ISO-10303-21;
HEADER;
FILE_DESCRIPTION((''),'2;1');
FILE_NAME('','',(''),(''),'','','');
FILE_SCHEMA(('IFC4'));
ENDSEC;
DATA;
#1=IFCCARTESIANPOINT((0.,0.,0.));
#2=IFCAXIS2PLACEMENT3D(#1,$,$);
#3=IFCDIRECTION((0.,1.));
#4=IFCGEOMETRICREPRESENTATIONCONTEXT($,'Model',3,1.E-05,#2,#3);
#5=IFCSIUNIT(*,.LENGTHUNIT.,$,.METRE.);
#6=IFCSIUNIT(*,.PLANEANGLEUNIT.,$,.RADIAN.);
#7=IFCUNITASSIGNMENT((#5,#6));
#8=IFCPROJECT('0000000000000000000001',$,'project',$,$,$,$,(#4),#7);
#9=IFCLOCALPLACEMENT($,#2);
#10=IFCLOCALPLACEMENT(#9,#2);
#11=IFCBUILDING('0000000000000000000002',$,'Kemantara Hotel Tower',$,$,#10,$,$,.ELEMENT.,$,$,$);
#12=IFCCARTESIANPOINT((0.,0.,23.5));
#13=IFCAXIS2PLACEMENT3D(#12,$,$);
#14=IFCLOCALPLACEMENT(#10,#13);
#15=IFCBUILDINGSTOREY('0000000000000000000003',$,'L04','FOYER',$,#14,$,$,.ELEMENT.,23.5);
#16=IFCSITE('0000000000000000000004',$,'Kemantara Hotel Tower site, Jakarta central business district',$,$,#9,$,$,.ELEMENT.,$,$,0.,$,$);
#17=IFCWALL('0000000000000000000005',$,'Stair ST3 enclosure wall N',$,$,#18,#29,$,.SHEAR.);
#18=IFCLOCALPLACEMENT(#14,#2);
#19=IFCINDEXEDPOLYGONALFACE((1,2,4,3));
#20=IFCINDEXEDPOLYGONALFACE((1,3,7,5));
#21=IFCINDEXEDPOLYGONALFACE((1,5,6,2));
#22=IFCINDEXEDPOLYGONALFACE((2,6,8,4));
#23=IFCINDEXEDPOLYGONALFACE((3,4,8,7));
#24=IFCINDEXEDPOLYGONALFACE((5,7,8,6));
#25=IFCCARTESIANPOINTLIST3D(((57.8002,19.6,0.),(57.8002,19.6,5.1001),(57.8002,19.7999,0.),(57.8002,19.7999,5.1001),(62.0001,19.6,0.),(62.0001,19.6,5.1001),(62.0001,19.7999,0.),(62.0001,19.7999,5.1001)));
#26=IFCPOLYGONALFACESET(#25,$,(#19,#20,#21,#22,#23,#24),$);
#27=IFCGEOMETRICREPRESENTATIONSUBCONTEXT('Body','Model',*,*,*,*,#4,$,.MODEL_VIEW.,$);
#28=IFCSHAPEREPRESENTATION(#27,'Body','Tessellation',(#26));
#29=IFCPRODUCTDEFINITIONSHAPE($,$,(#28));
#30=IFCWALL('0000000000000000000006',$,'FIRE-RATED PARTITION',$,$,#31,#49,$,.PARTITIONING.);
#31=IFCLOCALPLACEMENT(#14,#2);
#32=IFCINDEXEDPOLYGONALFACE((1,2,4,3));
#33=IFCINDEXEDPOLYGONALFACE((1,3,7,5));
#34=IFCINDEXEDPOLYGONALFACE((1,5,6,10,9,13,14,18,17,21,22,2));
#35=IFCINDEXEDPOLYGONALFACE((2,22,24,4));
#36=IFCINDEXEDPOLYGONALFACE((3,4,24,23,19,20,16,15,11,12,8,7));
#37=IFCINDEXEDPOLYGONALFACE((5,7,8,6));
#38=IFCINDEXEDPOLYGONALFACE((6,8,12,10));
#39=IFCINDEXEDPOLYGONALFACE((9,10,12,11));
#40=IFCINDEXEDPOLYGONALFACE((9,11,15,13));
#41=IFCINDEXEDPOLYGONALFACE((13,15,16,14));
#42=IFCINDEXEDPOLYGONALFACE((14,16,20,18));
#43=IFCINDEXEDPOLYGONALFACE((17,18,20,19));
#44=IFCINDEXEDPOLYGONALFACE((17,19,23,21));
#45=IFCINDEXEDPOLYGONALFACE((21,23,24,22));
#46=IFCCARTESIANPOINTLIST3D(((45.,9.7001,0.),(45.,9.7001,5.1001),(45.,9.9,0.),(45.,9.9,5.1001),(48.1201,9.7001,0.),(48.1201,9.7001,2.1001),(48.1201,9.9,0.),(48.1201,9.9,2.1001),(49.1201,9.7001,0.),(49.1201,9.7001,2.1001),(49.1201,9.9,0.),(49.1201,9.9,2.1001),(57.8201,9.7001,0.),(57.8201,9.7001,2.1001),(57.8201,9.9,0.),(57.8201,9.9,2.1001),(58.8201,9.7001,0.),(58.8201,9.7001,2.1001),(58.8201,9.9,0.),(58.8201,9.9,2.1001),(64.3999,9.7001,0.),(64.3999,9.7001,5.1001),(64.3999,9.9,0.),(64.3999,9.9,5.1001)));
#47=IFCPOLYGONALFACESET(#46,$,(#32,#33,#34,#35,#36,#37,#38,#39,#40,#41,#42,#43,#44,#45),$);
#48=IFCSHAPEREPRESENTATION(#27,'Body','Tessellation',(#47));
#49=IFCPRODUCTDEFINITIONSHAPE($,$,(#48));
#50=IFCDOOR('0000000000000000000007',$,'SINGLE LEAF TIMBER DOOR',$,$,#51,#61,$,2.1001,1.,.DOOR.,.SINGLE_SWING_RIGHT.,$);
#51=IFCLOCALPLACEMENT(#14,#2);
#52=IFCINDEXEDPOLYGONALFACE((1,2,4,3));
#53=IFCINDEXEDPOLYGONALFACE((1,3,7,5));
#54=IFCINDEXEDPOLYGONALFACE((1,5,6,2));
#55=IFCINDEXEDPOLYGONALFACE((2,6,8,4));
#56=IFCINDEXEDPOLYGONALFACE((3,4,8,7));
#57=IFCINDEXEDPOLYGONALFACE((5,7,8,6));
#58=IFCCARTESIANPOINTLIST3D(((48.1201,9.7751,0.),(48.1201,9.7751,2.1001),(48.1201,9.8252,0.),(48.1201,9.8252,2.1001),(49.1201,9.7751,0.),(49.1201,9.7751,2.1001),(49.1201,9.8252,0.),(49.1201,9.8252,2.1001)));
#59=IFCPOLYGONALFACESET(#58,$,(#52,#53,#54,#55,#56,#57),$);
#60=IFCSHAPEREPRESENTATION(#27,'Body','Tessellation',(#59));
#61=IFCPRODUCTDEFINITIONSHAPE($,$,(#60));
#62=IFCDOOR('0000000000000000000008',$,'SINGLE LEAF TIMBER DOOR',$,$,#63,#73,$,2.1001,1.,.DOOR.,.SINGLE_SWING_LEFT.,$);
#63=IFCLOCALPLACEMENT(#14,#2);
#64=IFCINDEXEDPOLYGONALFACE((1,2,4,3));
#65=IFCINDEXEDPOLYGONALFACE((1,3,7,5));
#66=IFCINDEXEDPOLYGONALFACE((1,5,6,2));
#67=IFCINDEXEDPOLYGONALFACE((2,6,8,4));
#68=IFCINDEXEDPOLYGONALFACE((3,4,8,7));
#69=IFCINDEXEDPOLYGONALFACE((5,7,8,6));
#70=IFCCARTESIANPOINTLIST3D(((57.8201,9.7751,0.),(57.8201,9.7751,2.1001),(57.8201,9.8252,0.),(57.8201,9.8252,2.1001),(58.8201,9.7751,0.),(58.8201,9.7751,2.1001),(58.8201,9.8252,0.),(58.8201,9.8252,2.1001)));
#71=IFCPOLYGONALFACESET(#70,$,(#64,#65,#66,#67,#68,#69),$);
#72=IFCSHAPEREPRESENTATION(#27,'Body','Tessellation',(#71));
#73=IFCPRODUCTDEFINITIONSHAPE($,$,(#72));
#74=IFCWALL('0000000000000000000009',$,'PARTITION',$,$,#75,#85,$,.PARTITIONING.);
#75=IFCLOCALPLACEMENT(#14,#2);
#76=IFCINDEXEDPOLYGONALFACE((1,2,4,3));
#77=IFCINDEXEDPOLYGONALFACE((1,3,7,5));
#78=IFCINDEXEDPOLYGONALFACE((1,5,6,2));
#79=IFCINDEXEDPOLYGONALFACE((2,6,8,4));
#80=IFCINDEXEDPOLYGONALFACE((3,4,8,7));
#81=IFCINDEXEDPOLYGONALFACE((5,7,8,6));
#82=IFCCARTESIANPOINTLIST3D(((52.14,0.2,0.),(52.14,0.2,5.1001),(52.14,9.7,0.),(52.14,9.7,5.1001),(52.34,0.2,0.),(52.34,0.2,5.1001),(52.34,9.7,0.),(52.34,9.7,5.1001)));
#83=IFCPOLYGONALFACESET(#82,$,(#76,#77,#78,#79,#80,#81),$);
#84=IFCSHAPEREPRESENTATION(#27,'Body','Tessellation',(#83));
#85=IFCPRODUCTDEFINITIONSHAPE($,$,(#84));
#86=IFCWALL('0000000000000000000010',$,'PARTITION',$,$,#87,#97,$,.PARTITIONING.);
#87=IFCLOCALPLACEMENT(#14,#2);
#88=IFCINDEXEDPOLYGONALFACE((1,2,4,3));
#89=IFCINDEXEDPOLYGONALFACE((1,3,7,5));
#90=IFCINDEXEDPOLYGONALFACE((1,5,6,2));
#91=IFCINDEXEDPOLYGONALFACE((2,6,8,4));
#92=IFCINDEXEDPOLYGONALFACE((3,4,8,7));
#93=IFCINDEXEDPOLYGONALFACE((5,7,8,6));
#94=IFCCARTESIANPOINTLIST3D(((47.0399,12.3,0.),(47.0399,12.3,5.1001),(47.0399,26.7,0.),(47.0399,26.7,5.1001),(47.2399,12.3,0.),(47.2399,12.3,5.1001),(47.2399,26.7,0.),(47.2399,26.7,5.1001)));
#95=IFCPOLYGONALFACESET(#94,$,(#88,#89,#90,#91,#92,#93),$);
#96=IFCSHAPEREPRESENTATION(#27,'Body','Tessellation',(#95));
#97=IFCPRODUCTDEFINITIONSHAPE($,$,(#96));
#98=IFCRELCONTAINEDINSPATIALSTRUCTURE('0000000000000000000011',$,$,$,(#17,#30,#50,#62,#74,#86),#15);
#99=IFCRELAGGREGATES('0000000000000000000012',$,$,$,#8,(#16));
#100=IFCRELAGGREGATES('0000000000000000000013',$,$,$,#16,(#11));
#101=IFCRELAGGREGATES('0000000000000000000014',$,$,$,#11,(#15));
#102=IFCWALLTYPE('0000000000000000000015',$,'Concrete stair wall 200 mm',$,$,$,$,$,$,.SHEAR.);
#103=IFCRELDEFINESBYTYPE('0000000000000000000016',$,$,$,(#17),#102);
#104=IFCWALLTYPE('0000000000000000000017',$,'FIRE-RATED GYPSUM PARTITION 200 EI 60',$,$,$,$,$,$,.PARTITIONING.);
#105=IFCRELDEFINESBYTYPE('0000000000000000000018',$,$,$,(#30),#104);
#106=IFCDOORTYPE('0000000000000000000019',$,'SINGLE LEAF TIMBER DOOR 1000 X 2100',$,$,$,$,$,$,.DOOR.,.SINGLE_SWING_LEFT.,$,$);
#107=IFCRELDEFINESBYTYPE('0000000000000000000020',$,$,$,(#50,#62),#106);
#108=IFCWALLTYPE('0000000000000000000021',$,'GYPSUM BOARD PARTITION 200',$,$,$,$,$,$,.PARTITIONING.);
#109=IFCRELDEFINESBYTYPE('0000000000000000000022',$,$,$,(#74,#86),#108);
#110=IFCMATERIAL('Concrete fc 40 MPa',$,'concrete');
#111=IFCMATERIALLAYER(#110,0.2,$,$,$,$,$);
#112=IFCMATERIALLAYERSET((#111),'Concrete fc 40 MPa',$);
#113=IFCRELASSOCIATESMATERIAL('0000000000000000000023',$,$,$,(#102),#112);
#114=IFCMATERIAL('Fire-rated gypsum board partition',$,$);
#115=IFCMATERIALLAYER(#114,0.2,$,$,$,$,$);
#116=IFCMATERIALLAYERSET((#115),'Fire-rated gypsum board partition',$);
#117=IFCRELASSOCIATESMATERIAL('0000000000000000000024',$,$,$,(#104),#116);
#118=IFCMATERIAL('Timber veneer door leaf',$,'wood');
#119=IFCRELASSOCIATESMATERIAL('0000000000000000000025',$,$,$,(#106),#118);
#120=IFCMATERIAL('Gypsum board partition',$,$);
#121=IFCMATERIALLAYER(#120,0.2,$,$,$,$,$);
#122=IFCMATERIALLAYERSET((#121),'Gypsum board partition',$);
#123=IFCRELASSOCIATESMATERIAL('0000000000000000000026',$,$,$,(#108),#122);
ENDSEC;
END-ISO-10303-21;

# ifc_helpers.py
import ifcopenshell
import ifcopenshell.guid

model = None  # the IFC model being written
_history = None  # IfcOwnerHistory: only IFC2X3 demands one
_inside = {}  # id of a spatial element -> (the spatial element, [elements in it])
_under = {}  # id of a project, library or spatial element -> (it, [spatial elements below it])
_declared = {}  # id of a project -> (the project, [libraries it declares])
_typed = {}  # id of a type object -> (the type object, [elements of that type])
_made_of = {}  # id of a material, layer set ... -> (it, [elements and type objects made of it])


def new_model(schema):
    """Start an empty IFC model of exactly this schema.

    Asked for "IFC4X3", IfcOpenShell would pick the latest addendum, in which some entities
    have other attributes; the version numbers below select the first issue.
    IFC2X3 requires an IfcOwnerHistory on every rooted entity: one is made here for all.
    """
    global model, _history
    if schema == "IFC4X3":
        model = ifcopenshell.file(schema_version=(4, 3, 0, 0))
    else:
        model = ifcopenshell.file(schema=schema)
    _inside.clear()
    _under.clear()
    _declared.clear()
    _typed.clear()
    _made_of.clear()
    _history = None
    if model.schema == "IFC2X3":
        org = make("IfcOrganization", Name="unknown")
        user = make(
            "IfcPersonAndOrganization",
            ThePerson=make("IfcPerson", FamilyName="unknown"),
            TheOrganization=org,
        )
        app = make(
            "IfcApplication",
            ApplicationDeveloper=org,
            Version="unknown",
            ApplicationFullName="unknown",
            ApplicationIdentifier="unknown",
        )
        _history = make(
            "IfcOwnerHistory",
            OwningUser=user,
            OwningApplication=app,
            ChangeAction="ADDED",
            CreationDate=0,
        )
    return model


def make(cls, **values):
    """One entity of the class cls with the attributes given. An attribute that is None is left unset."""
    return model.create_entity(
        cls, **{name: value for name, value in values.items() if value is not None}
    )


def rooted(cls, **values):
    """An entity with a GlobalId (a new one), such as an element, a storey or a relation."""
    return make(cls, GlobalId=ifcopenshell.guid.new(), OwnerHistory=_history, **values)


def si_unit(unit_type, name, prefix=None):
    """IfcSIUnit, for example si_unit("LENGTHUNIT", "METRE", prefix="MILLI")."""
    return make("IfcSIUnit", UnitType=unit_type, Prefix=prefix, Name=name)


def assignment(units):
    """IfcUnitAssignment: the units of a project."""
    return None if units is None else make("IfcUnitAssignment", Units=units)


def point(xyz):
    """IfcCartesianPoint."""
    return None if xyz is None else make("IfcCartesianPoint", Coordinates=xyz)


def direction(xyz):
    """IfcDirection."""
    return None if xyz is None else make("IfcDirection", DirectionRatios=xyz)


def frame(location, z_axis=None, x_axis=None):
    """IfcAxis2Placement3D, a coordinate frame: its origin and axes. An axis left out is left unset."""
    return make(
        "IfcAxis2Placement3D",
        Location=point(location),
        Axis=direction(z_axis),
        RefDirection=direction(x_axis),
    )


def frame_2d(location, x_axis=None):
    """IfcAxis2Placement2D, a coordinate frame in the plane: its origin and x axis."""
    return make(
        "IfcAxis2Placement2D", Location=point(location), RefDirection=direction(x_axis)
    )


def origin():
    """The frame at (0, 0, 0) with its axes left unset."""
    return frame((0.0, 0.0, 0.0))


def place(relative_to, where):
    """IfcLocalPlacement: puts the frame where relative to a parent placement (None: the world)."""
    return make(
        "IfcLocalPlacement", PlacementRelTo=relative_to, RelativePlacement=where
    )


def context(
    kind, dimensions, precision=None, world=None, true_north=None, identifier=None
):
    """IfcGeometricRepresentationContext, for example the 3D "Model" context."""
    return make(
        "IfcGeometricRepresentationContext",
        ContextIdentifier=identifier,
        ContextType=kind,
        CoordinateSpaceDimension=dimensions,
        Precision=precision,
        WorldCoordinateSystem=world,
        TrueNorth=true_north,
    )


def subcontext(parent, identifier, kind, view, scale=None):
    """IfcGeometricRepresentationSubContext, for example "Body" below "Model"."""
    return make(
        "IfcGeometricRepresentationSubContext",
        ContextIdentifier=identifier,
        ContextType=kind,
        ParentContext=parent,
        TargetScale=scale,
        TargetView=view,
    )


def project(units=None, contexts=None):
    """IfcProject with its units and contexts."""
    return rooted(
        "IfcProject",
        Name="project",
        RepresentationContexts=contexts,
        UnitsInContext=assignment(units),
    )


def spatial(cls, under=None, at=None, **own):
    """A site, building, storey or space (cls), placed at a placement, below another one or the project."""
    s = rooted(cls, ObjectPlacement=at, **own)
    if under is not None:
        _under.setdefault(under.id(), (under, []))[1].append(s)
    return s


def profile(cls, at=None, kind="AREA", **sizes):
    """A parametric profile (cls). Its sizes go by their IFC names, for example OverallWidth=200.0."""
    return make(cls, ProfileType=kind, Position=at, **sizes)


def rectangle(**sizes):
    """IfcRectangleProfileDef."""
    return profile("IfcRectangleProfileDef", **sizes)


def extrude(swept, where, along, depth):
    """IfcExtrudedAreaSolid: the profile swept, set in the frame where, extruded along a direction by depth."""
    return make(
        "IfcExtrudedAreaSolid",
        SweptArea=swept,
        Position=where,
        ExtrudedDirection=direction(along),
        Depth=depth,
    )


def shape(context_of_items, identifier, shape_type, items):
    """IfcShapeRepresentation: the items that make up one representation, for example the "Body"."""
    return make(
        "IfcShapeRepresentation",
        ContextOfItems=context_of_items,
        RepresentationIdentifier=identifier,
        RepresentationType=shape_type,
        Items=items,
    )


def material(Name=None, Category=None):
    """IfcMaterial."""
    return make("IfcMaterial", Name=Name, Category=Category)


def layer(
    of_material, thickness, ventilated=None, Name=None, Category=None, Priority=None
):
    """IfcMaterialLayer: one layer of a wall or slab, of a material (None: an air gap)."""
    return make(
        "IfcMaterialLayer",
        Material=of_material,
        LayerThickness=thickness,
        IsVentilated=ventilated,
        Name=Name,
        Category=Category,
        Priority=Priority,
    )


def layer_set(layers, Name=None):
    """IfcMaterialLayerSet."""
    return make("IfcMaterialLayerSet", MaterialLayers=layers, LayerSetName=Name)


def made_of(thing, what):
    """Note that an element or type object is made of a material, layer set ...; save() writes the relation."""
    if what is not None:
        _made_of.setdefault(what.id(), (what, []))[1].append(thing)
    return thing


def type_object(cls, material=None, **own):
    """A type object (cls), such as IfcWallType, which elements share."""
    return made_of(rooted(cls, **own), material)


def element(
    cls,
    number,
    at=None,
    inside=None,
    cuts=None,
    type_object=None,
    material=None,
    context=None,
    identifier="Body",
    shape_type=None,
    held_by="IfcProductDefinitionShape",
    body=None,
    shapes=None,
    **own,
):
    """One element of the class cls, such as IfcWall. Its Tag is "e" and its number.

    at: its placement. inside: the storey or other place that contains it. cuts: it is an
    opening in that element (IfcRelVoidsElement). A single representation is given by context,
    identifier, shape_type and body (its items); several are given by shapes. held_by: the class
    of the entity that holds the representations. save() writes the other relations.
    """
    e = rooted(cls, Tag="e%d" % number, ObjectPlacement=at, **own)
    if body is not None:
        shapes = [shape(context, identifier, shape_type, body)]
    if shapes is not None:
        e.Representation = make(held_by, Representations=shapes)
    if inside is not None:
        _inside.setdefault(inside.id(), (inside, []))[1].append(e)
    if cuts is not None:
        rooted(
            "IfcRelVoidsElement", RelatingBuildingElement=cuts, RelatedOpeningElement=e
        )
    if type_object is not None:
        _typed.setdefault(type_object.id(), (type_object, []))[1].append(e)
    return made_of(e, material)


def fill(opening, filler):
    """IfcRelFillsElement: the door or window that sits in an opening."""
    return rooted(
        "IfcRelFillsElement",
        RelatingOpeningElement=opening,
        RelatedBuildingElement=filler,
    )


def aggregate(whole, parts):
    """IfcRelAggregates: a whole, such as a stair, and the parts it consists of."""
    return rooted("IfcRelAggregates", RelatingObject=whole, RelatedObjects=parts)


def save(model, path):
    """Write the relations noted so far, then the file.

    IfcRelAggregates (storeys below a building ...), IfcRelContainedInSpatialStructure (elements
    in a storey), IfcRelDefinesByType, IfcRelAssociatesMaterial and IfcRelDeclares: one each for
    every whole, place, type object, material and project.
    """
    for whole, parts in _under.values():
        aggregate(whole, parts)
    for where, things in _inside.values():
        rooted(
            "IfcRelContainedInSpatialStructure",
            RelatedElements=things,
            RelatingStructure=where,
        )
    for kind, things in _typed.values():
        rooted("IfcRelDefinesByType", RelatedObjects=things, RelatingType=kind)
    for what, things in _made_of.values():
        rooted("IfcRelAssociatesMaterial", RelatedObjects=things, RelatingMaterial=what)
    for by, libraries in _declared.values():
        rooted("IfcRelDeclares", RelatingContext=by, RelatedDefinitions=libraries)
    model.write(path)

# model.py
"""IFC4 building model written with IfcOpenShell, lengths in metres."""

from ifc_helpers import new_model, si_unit, direction, frame, frame_2d, origin, place, context, subcontext, project, spatial, rectangle, extrude, material, layer, layer_set, type_object, element, fill, save


model = new_model("IFC4")

# Units and contexts
model_context = context("Model", 3, precision=1e-05, world=origin(), true_north=direction((0.0, 1.0)))
body_context = subcontext(model_context, "Body", "Model", "MODEL_VIEW")
ifc_project = project(units=[si_unit("LENGTHUNIT", "METRE"), si_unit("PLANEANGLEUNIT", "RADIAN")], contexts=[model_context])

# Site, building, storey
site_placement = place(None, origin())
site = spatial("IfcSite", under=ifc_project, at=site_placement, Name="Kemantara Hotel Tower site, Jakarta central business district", CompositionType="ELEMENT", RefElevation=0.0)
building_placement = place(site_placement, origin())
building = spatial("IfcBuilding", under=site, at=building_placement, Name="Kemantara Hotel Tower", CompositionType="ELEMENT")
storey_placement = place(building_placement, frame((0.0, 0.0, 23.5)))
storey = spatial("IfcBuildingStorey", under=building, at=storey_placement, Name="L04", Description="FOYER", CompositionType="ELEMENT", Elevation=23.5)

# Shared definitions
ifc_material_1 = material(Name="Concrete fc 40 MPa", Category="concrete")
ifc_layer_1 = layer(ifc_material_1, 0.2)
ifc_layer_set_1 = layer_set([ifc_layer_1], Name="Concrete fc 40 MPa")
wall_type_1 = type_object("IfcWallType", Name="Concrete stair wall 200 mm", PredefinedType="SHEAR", material=ifc_layer_set_1)

# Wall
wall_1_placement = place(storey_placement, frame((57.8, 19.7, 0.0), z_axis=(0.0, 0.0, 1.0), x_axis=(1.0, 0.0, 0.0)))
element("IfcWall", 1, at=wall_1_placement, inside=storey, type_object=wall_type_1, Name="Stair ST3 enclosure wall N", PredefinedType="SHEAR", context=body_context, shape_type="SweptSolid", body=[
    extrude(rectangle(XDim=4.2, YDim=0.2, at=frame_2d((2.1001, 0.0))), origin(), (0.0, 0.0, 1.0), 5.1001),
])

# Wall, openings, doors
ifc_material_2 = material(Name="Fire-rated gypsum board partition")
ifc_layer_2 = layer(ifc_material_2, 0.2)
ifc_layer_set_2 = layer_set([ifc_layer_2], Name="Fire-rated gypsum board partition")
wall_type_2 = type_object("IfcWallType", Name="FIRE-RATED GYPSUM PARTITION 200 EI 60", PredefinedType="PARTITIONING", material=ifc_layer_set_2)
wall_2_placement = place(storey_placement, frame((45.0, 9.8, 0.0), z_axis=(0.0, 0.0, 1.0), x_axis=(1.0, 0.0, 0.0)))
wall_2 = element("IfcWall", 2, at=wall_2_placement, inside=storey, type_object=wall_type_2, Name="FIRE-RATED PARTITION", PredefinedType="PARTITIONING", context=body_context, shape_type="SweptSolid", body=[
    extrude(rectangle(XDim=19.3999, YDim=0.2, at=frame_2d((9.7, 0.0))), origin(), (0.0, 0.0, 1.0), 5.1001),
])
opening_1_placement = place(wall_2_placement, frame((3.1201, 0.0, 0.0)))
opening_1 = element("IfcOpeningElement", 3, at=opening_1_placement, cuts=wall_2, PredefinedType="OPENING", context=body_context, shape_type="SweptSolid", body=[
    extrude(rectangle(XDim=1.0, YDim=2.1001, at=frame_2d((0.5, 1.05))), frame((0.0, 0.1099, 0.0), z_axis=(0.0, -1.0, 0.0), x_axis=(1.0, 0.0, 0.0)), (0.0, 0.0, 1.0), 0.22),
])
opening_2_placement = place(wall_2_placement, frame((12.8201, 0.0, 0.0)))
opening_2 = element("IfcOpeningElement", 4, at=opening_2_placement, cuts=wall_2, PredefinedType="OPENING", context=body_context, shape_type="SweptSolid", body=[
    extrude(rectangle(XDim=1.0, YDim=2.1001, at=frame_2d((0.5, 1.05))), frame((0.0, 0.1099, 0.0), z_axis=(0.0, -1.0, 0.0), x_axis=(1.0, 0.0, 0.0)), (0.0, 0.0, 1.0), 0.22),
])
ifc_material_3 = material(Name="Timber veneer door leaf", Category="wood")
door_type_1 = type_object("IfcDoorType", Name="SINGLE LEAF TIMBER DOOR 1000 X 2100", OperationType="SINGLE_SWING_LEFT", PredefinedType="DOOR", material=ifc_material_3)
door_1_placement = place(opening_1_placement, frame((1.0, 0.0, 0.0), z_axis=(0.0, 0.0, 1.0), x_axis=(-1.0, 0.0, 0.0)))
door_1 = element("IfcDoor", 5, at=door_1_placement, inside=storey, type_object=door_type_1, Name="SINGLE LEAF TIMBER DOOR", OperationType="SINGLE_SWING_RIGHT", OverallHeight=2.1001, OverallWidth=1.0, PredefinedType="DOOR", context=body_context, shape_type="SweptSolid", body=[
    extrude(rectangle(XDim=1.0, YDim=2.1001, at=frame_2d((0.5, 1.05))), frame((0.0, 0.0249, 0.0), z_axis=(0.0, -1.0, 0.0), x_axis=(1.0, 0.0, 0.0)), (0.0, 0.0, 1.0), 0.05),
])
fill(opening_1, door_1)
door_2_placement = place(opening_2_placement, frame((1.0, 0.0, 0.0), z_axis=(0.0, 0.0, 1.0), x_axis=(-1.0, 0.0, 0.0)))
door_2 = element("IfcDoor", 6, at=door_2_placement, inside=storey, type_object=door_type_1, Name="SINGLE LEAF TIMBER DOOR", OperationType="SINGLE_SWING_LEFT", OverallHeight=2.1001, OverallWidth=1.0, PredefinedType="DOOR", context=body_context, shape_type="SweptSolid", body=[
    extrude(rectangle(XDim=1.0, YDim=2.1001, at=frame_2d((0.5, 1.05))), frame((0.0, 0.0249, 0.0), z_axis=(0.0, -1.0, 0.0), x_axis=(1.0, 0.0, 0.0)), (0.0, 0.0, 1.0), 0.05),
])
fill(opening_2, door_2)

# Walls
ifc_material_4 = material(Name="Gypsum board partition")
ifc_layer_3 = layer(ifc_material_4, 0.2)
ifc_layer_set_3 = layer_set([ifc_layer_3], Name="Gypsum board partition")
wall_type_3 = type_object("IfcWallType", Name="GYPSUM BOARD PARTITION 200", PredefinedType="PARTITIONING", material=ifc_layer_set_3)
wall_3_placement = place(storey_placement, frame((52.24, 0.2, 0.0), z_axis=(0.0, 0.0, 1.0), x_axis=(0.0, 1.0, 0.0)))
element("IfcWall", 7, at=wall_3_placement, inside=storey, type_object=wall_type_3, Name="PARTITION", PredefinedType="PARTITIONING", context=body_context, shape_type="SweptSolid", body=[
    extrude(rectangle(XDim=9.5, YDim=0.2, at=frame_2d((4.75, 0.0))), origin(), (0.0, 0.0, 1.0), 5.1001),
])
wall_4_placement = place(storey_placement, frame((47.1399, 12.3, 0.0), z_axis=(0.0, 0.0, 1.0), x_axis=(0.0, 1.0, 0.0)))
element("IfcWall", 8, at=wall_4_placement, inside=storey, type_object=wall_type_3, Name="PARTITION", PredefinedType="PARTITIONING", context=body_context, shape_type="SweptSolid", body=[
    extrude(rectangle(XDim=14.3999, YDim=0.2, at=frame_2d((7.2, 0.0))), origin(), (0.0, 0.0, 1.0), 5.1001),
])

save(model, "model.ifc")
